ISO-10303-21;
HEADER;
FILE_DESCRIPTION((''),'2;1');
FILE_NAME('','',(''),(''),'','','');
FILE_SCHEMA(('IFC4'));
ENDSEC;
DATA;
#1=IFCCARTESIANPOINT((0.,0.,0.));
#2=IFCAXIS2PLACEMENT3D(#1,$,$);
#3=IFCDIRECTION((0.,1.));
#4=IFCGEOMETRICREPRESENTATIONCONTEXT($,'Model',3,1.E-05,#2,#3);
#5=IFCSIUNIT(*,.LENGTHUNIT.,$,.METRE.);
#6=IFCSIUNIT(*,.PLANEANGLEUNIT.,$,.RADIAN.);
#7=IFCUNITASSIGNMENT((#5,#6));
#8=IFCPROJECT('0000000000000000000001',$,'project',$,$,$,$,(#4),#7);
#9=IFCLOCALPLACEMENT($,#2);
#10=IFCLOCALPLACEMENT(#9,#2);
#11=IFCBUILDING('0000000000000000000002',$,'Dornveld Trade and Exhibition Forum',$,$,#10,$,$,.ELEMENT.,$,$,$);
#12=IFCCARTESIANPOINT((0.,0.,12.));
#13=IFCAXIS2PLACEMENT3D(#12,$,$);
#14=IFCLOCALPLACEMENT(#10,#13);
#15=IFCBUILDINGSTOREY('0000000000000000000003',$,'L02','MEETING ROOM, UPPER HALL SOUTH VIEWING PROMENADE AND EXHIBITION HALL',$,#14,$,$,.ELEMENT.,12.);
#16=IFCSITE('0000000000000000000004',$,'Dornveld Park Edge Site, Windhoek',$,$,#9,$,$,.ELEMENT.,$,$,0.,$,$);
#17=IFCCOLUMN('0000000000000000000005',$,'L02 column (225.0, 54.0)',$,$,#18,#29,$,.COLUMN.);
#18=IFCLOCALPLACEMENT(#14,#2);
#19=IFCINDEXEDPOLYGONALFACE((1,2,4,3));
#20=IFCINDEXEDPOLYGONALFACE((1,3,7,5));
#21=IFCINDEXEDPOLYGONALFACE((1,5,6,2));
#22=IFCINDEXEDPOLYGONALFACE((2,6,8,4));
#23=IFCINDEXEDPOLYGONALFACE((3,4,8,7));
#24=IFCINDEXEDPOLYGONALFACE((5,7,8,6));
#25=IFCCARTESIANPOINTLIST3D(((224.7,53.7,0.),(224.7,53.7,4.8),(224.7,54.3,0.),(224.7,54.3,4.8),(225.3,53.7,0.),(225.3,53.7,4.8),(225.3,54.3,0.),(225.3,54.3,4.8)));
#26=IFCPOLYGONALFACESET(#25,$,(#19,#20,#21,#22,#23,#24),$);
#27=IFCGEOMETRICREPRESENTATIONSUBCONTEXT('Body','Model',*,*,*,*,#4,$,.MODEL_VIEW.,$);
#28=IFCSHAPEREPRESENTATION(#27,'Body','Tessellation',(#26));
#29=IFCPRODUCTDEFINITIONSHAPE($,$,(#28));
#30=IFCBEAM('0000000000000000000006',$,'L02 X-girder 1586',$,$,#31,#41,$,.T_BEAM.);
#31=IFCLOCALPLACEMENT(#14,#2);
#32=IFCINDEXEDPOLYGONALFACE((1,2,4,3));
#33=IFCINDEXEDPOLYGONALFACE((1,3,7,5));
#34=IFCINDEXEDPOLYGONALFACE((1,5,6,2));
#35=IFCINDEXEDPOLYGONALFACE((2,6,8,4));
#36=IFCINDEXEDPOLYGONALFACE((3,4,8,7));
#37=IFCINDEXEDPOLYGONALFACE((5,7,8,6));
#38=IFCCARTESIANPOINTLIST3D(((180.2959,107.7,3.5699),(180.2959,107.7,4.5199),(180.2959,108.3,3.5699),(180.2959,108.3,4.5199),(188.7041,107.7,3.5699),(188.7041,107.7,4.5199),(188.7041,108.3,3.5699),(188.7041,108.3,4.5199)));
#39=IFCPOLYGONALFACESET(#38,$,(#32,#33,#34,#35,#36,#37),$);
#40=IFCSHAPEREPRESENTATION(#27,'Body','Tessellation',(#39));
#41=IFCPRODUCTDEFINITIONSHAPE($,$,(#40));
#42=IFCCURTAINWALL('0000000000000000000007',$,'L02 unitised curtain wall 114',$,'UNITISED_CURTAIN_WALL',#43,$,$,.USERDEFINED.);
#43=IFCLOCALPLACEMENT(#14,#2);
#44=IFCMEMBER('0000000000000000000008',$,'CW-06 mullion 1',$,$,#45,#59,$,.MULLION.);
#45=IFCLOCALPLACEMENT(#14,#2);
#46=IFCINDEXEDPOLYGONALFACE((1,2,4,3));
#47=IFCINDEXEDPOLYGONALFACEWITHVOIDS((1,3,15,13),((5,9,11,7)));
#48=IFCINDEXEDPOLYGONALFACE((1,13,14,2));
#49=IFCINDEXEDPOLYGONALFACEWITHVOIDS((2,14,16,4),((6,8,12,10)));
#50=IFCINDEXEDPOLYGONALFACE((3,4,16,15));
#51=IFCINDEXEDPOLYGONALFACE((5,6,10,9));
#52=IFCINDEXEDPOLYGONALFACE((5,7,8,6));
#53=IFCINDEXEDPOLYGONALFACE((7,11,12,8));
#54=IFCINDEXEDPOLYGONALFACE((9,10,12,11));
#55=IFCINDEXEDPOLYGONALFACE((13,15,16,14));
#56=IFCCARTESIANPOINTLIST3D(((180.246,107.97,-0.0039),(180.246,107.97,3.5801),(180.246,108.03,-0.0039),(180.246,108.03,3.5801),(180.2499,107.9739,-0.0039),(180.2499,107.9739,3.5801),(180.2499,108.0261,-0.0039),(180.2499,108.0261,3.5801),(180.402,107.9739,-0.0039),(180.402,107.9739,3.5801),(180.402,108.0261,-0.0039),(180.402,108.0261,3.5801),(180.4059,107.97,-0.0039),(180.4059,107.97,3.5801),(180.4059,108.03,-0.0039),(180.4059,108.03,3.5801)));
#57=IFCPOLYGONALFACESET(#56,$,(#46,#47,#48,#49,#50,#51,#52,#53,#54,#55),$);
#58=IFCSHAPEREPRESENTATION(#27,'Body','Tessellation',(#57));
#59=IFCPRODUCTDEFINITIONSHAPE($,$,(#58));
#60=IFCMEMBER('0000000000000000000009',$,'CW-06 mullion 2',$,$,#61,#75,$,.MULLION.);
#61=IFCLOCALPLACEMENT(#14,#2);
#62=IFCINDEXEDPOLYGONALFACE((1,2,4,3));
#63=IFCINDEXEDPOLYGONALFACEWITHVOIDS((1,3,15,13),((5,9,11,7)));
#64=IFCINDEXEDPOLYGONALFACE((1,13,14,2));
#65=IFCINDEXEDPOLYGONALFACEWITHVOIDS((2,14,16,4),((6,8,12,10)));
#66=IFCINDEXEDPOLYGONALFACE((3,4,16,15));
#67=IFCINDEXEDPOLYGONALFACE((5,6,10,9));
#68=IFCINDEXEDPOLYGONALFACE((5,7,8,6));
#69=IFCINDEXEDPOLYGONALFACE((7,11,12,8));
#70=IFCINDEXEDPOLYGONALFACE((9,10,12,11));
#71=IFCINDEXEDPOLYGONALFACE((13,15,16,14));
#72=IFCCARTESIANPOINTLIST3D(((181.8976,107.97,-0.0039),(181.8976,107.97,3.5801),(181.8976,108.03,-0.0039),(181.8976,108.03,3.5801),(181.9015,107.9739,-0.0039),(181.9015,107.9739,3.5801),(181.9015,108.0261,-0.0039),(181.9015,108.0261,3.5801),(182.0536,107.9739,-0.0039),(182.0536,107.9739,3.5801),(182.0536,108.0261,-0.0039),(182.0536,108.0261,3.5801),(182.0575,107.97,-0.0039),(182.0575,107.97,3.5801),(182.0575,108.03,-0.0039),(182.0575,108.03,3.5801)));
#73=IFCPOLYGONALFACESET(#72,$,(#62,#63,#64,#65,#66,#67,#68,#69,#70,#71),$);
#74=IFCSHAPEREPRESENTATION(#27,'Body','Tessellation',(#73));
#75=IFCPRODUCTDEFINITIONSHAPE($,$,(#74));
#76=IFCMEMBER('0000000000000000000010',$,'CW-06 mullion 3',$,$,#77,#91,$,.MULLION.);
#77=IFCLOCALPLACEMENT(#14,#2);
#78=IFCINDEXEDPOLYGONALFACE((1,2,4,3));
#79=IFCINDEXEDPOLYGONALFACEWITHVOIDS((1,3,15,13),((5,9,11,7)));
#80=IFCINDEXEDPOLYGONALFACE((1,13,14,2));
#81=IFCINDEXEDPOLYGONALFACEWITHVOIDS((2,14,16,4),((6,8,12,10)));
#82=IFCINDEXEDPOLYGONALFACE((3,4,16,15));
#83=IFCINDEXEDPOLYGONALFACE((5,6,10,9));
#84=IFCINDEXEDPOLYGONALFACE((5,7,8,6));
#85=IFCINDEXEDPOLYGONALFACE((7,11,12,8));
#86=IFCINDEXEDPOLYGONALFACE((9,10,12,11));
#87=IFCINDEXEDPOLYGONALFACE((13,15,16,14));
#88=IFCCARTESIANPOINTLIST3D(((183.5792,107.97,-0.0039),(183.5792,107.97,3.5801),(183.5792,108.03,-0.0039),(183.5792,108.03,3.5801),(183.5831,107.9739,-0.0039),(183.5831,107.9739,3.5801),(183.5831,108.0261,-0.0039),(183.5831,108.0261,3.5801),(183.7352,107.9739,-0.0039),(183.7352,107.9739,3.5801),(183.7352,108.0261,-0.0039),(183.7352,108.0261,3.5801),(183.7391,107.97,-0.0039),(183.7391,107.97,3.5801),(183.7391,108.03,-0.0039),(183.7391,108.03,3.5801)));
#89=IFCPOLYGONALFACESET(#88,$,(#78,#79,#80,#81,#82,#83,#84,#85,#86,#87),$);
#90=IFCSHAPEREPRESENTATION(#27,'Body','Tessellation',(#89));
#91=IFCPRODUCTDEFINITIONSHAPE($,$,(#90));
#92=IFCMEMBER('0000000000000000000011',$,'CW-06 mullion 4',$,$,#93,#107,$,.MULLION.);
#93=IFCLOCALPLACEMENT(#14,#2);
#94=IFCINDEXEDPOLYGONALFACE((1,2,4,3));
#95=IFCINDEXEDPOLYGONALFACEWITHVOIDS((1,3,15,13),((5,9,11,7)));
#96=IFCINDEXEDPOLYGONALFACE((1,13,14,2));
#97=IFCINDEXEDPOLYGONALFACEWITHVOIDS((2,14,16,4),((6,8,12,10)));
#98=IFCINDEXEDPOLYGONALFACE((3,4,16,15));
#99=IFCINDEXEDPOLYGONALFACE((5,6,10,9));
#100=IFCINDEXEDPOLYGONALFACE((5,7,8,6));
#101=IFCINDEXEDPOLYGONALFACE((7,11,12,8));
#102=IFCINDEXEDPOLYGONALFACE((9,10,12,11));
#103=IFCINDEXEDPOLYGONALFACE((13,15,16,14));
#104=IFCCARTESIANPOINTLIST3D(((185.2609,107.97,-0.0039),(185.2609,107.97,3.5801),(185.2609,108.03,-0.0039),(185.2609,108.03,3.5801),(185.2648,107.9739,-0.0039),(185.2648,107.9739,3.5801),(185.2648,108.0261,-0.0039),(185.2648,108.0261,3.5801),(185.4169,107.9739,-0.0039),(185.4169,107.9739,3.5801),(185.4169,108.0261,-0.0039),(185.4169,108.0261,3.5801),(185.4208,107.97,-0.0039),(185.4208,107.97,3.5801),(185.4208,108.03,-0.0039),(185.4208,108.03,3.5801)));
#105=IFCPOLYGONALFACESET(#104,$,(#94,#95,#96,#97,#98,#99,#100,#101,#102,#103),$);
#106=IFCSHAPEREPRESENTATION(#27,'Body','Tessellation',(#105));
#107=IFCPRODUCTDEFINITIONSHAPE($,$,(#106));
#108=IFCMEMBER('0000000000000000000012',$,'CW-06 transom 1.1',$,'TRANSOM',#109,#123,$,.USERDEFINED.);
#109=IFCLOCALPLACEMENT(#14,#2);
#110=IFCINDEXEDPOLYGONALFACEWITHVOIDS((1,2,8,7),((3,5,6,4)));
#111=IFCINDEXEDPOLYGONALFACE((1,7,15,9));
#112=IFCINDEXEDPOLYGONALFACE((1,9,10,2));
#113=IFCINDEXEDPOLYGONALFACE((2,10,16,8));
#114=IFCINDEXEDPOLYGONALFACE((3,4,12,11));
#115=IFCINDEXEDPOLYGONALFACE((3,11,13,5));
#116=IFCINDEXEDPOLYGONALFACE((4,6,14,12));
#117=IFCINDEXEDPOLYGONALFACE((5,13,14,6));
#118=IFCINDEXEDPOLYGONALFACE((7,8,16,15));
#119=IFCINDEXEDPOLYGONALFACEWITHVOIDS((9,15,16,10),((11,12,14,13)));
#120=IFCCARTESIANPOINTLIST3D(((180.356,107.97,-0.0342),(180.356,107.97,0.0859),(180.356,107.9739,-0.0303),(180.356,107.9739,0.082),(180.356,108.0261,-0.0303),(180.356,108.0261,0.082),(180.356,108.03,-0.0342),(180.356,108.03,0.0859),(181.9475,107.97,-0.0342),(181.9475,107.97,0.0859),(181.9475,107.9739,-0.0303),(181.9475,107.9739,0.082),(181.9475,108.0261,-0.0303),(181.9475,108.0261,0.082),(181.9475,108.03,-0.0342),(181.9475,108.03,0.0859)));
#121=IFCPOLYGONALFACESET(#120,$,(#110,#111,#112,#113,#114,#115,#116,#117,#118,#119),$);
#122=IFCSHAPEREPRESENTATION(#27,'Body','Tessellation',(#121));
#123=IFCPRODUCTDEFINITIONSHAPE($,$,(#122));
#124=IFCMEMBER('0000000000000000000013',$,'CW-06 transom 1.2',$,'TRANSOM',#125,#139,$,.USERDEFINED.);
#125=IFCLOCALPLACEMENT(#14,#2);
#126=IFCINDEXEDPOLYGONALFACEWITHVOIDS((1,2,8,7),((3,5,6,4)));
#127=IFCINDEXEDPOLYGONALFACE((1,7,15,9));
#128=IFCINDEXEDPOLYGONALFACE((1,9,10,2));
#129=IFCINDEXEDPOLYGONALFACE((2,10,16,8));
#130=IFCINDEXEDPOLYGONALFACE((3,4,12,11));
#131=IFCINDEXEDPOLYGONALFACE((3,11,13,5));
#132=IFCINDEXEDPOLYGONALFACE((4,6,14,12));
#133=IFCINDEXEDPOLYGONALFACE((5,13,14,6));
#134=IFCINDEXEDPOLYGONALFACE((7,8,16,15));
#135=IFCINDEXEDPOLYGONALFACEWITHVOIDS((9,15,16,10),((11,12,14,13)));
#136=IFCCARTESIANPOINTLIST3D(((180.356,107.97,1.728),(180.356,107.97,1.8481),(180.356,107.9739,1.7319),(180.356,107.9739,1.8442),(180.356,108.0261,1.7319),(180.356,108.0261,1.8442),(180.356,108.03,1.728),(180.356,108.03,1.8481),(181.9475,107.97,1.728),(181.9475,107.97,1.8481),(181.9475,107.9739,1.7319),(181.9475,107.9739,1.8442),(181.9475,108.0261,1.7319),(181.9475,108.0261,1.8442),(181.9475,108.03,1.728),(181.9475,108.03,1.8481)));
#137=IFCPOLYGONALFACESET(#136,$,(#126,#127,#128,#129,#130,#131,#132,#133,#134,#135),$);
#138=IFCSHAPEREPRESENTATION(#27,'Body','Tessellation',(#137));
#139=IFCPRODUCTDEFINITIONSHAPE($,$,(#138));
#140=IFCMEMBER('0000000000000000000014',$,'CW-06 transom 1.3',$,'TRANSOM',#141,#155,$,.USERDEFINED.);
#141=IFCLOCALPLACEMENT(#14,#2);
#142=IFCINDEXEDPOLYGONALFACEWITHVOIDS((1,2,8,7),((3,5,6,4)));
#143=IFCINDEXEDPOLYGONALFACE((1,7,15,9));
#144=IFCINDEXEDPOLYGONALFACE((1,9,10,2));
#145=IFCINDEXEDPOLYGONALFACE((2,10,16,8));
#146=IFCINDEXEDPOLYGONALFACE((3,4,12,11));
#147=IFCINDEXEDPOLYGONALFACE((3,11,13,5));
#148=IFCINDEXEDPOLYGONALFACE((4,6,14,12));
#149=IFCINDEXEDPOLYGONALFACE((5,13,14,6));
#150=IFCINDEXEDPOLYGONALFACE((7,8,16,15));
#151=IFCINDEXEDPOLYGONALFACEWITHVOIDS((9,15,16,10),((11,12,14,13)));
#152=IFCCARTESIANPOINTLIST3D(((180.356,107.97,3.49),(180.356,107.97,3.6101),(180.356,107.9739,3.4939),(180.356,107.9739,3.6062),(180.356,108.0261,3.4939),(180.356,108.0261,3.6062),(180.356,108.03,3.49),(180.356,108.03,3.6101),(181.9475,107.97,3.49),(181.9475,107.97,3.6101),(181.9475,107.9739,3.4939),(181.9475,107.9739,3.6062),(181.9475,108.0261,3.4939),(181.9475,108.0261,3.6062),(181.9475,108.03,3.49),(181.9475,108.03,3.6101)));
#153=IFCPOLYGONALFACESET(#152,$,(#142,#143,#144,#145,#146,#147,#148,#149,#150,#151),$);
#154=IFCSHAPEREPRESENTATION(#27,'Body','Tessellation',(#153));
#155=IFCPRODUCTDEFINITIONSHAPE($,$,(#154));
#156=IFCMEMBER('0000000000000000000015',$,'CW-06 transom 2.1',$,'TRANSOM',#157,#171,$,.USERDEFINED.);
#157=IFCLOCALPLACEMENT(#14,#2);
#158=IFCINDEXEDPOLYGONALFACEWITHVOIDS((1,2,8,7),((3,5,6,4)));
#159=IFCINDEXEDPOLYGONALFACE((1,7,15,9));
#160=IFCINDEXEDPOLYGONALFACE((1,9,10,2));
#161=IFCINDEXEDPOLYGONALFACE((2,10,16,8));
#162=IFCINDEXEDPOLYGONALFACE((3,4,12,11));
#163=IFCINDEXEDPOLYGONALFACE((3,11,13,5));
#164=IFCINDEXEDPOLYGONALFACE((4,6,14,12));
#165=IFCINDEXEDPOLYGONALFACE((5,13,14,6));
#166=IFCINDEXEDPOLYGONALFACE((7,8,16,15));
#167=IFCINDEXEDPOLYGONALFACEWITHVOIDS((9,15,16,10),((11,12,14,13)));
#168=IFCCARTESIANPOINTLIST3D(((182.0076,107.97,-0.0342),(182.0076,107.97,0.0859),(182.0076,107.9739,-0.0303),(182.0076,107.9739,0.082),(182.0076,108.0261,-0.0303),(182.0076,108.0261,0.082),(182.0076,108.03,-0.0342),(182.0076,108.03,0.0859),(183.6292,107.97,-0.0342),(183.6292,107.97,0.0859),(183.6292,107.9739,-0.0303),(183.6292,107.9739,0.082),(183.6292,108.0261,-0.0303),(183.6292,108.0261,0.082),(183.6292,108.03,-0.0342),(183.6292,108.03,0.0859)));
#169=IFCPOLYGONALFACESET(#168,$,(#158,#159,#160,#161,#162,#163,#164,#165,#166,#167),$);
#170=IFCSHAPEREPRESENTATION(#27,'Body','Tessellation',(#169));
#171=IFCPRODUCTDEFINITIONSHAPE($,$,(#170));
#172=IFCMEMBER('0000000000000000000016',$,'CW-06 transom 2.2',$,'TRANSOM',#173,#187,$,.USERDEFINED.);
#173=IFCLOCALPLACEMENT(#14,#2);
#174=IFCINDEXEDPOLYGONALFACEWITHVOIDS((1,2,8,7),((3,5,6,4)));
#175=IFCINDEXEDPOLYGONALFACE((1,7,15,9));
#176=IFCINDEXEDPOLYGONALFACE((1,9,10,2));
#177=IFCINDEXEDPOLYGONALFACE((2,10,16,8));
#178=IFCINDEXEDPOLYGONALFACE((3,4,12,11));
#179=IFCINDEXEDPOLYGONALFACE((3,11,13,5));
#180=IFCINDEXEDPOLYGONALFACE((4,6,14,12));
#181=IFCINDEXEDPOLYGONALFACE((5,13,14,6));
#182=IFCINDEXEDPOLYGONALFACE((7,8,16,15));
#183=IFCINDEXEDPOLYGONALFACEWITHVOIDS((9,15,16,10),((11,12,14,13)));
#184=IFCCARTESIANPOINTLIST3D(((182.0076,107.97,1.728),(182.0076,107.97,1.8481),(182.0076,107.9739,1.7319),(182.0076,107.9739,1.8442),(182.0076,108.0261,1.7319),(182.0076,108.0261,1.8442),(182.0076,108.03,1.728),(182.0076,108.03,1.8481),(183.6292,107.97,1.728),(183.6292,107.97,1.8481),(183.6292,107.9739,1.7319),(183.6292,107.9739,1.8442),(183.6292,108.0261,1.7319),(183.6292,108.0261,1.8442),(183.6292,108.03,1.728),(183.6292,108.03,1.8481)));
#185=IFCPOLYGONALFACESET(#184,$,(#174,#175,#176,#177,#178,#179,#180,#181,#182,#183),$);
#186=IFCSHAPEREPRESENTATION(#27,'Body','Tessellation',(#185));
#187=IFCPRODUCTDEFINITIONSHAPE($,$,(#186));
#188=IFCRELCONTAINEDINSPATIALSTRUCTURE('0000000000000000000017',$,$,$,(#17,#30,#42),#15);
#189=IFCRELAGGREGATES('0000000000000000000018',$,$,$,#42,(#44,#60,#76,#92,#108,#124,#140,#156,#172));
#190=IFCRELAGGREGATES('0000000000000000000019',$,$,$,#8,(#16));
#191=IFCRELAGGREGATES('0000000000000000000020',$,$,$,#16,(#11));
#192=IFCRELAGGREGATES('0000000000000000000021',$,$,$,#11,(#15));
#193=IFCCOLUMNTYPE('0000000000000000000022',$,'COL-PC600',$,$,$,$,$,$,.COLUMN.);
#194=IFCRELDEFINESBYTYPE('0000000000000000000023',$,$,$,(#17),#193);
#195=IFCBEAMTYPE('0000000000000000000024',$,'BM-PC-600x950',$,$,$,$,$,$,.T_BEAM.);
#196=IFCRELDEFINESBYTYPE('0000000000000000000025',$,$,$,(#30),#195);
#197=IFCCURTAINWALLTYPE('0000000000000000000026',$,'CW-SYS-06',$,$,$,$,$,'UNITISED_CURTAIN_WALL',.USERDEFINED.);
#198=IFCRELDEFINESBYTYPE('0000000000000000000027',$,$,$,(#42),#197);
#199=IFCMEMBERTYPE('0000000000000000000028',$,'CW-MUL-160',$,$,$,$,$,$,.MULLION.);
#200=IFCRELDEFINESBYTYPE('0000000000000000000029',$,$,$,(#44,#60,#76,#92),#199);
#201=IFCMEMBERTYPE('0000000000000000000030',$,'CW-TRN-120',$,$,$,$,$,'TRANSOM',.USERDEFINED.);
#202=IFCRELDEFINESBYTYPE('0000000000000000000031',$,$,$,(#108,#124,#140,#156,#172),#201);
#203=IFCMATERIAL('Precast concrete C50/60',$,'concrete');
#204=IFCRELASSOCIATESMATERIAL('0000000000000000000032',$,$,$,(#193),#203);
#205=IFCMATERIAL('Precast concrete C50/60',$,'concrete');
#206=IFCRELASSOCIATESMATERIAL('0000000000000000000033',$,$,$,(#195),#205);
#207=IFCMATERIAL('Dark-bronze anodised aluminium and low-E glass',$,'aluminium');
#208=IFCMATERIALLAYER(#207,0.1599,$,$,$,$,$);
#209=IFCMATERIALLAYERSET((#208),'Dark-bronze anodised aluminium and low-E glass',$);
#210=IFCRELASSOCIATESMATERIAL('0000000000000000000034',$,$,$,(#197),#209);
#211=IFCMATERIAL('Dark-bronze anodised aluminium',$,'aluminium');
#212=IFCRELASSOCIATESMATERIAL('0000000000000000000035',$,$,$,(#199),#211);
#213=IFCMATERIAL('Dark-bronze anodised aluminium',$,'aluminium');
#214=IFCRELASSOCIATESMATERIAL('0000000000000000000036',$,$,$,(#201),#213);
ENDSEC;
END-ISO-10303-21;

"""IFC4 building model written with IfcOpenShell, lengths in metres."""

from ifc_helpers import new_model, si_unit, direction, frame, origin, origin_2d, place, context, subcontext, project, spatial, rectangle, hollow_rectangle, extrude, material, layer, layer_set, material_profile, profile_set, type_object, element, aggregate, save


model = new_model("IFC4")

# Units and contexts
model_context = context("Model", 3, precision=1e-05, world=origin(), true_north=direction((0.0, 1.0)))
body_context = subcontext(model_context, "Body", "Model", "MODEL_VIEW")
ifc_project = project(units=[si_unit("LENGTHUNIT", "METRE"), si_unit("PLANEANGLEUNIT", "RADIAN")], contexts=[model_context])

# Site, building, storey
site_placement = place(None, origin())
site = spatial("IfcSite", under=ifc_project, at=site_placement, Name="Dornveld Park Edge Site, Windhoek", CompositionType="ELEMENT", RefElevation=0.0)
building_placement = place(site_placement, origin())
building = spatial("IfcBuilding", under=site, at=building_placement, Name="Dornveld Trade and Exhibition Forum", CompositionType="ELEMENT")
storey_placement = place(building_placement, frame((0.0, 0.0, 12.0)))
storey = spatial("IfcBuildingStorey", under=building, at=storey_placement, Name="L02", Description="MEETING ROOM, UPPER HALL SOUTH VIEWING PROMENADE AND EXHIBITION HALL", CompositionType="ELEMENT", Elevation=12.0)

# Column
ifc_material_1 = material(Name="Precast concrete C50/60", Category="concrete")
ifc_material_profile_1 = material_profile(ifc_material_1, rectangle(XDim=0.6001, YDim=0.6001, at=origin_2d()), Name="PC-COL 600x600")
ifc_profile_set_1 = profile_set([ifc_material_profile_1], Name="Precast concrete C50/60")
column_type = type_object("IfcColumnType", Name="COL-PC600", PredefinedType="COLUMN", material=ifc_profile_set_1)
column_placement = place(storey_placement, frame((225.0, 54.0, 0.0), z_axis=(0.0, 0.0, 1.0), x_axis=(1.0, 0.0, 0.0)))
element("IfcColumn", 1, at=column_placement, inside=storey, type_object=column_type, Name="L02 column (225.0, 54.0)", PredefinedType="COLUMN", context=body_context, shape_type="SweptSolid", body=[
    extrude(rectangle(XDim=0.6001, YDim=0.6001, at=origin_2d()), origin(), (0.0, 0.0, 1.0), 4.8),
])

# Beam
ifc_material_2 = material(Name="Precast concrete C50/60", Category="concrete")
ifc_material_profile_2 = material_profile(ifc_material_2, rectangle(XDim=0.6001, YDim=0.95, at=origin_2d()), Name="PC-GIR 600x950")
ifc_profile_set_2 = profile_set([ifc_material_profile_2], Name="Precast concrete C50/60")
beam_type = type_object("IfcBeamType", Name="BM-PC-600x950", PredefinedType="T_BEAM", material=ifc_profile_set_2)
beam_placement = place(storey_placement, frame((180.2959, 108.0, 4.0449), z_axis=(1.0, 0.0, 0.0), x_axis=(0.0, 1.0, 0.0)))
element("IfcBeam", 2, at=beam_placement, inside=storey, type_object=beam_type, Name="L02 X-girder 1586", PredefinedType="T_BEAM", context=body_context, shape_type="SweptSolid", body=[
    extrude(rectangle(XDim=0.6001, YDim=0.95, at=origin_2d()), origin(), (0.0, 0.0, 1.0), 8.4082),
])

# Curtain wall, members
ifc_material_3 = material(Name="Dark-bronze anodised aluminium and low-E glass", Category="aluminium")
ifc_layer_1 = layer(ifc_material_3, 0.1599)
ifc_layer_set_1 = layer_set([ifc_layer_1], Name="Dark-bronze anodised aluminium and low-E glass")
curtain_wall_type = type_object("IfcCurtainWallType", Name="CW-SYS-06", ElementType="UNITISED_CURTAIN_WALL", PredefinedType="USERDEFINED", material=ifc_layer_set_1)
curtain_wall_placement = place(storey_placement, origin())
curtain_wall = element("IfcCurtainWall", 3, at=curtain_wall_placement, inside=storey, type_object=curtain_wall_type, Name="L02 unitised curtain wall 114", ObjectType="UNITISED_CURTAIN_WALL", PredefinedType="USERDEFINED")
ifc_material_4 = material(Name="Dark-bronze anodised aluminium", Category="aluminium")
ifc_material_profile_3 = material_profile(ifc_material_4, hollow_rectangle(XDim=0.0601, YDim=0.1599, WallThickness=0.0039, at=origin_2d()), Name="RHS 160x60x4")
ifc_profile_set_3 = profile_set([ifc_material_profile_3], Name="Dark-bronze anodised aluminium")
member_type_1 = type_object("IfcMemberType", Name="CW-MUL-160", PredefinedType="MULLION", material=ifc_profile_set_3)
member_1_placement = place(storey_placement, frame((180.3259, 108.0, -0.0039), z_axis=(0.0, 0.0, 1.0), x_axis=(0.0, 1.0, 0.0)))
member_1 = element("IfcMember", 4, at=member_1_placement, type_object=member_type_1, Name="CW-06 mullion 1", PredefinedType="MULLION", context=body_context, shape_type="SweptSolid", body=[
    extrude(hollow_rectangle(XDim=0.0601, YDim=0.1599, WallThickness=0.0039, at=origin_2d()), origin(), (0.0, 0.0, 1.0), 3.584),
])
member_2_placement = place(storey_placement, frame((181.9775, 108.0, -0.0039), z_axis=(0.0, 0.0, 1.0), x_axis=(0.0, 1.0, 0.0)))
member_2 = element("IfcMember", 5, at=member_2_placement, type_object=member_type_1, Name="CW-06 mullion 2", PredefinedType="MULLION", context=body_context, shape_type="SweptSolid", body=[
    extrude(hollow_rectangle(XDim=0.0601, YDim=0.1599, WallThickness=0.0039, at=origin_2d()), origin(), (0.0, 0.0, 1.0), 3.584),
])
member_3_placement = place(storey_placement, frame((183.6592, 108.0, -0.0039), z_axis=(0.0, 0.0, 1.0), x_axis=(0.0, 1.0, 0.0)))
member_3 = element("IfcMember", 6, at=member_3_placement, type_object=member_type_1, Name="CW-06 mullion 3", PredefinedType="MULLION", context=body_context, shape_type="SweptSolid", body=[
    extrude(hollow_rectangle(XDim=0.0601, YDim=0.1599, WallThickness=0.0039, at=origin_2d()), origin(), (0.0, 0.0, 1.0), 3.584),
])
member_4_placement = place(storey_placement, frame((185.3408, 108.0, -0.0039), z_axis=(0.0, 0.0, 1.0), x_axis=(0.0, 1.0, 0.0)))
member_4 = element("IfcMember", 7, at=member_4_placement, type_object=member_type_1, Name="CW-06 mullion 4", PredefinedType="MULLION", context=body_context, shape_type="SweptSolid", body=[
    extrude(hollow_rectangle(XDim=0.0601, YDim=0.1599, WallThickness=0.0039, at=origin_2d()), origin(), (0.0, 0.0, 1.0), 3.584),
])
ifc_material_5 = material(Name="Dark-bronze anodised aluminium", Category="aluminium")
ifc_material_profile_4 = material_profile(ifc_material_5, hollow_rectangle(XDim=0.0601, YDim=0.1201, WallThickness=0.0039, at=origin_2d()), Name="RHS 120x60x4")
ifc_profile_set_4 = profile_set([ifc_material_profile_4], Name="Dark-bronze anodised aluminium")
member_type_2 = type_object("IfcMemberType", Name="CW-TRN-120", ElementType="TRANSOM", PredefinedType="USERDEFINED", material=ifc_profile_set_4)
member_5_placement = place(storey_placement, frame((180.356, 108.0, 0.0259), z_axis=(1.0, 0.0, 0.0), x_axis=(0.0, 1.0, 0.0)))
member_5 = element("IfcMember", 8, at=member_5_placement, type_object=member_type_2, Name="CW-06 transom 1.1", ObjectType="TRANSOM", PredefinedType="USERDEFINED", context=body_context, shape_type="SweptSolid", body=[
    extrude(hollow_rectangle(XDim=0.0601, YDim=0.1201, WallThickness=0.0039, at=origin_2d()), origin(), (0.0, 0.0, 1.0), 1.5916),
])
member_6_placement = place(storey_placement, frame((180.356, 108.0, 1.7881), z_axis=(1.0, 0.0, 0.0), x_axis=(0.0, 1.0, 0.0)))
member_6 = element("IfcMember", 9, at=member_6_placement, type_object=member_type_2, Name="CW-06 transom 1.2", ObjectType="TRANSOM", PredefinedType="USERDEFINED", context=body_context, shape_type="SweptSolid", body=[
    extrude(hollow_rectangle(XDim=0.0601, YDim=0.1201, WallThickness=0.0039, at=origin_2d()), origin(), (0.0, 0.0, 1.0), 1.5916),
])
member_7_placement = place(storey_placement, frame((180.356, 108.0, 3.55), z_axis=(1.0, 0.0, 0.0), x_axis=(0.0, 1.0, 0.0)))
member_7 = element("IfcMember", 10, at=member_7_placement, type_object=member_type_2, Name="CW-06 transom 1.3", ObjectType="TRANSOM", PredefinedType="USERDEFINED", context=body_context, shape_type="SweptSolid", body=[
    extrude(hollow_rectangle(XDim=0.0601, YDim=0.1201, WallThickness=0.0039, at=origin_2d()), origin(), (0.0, 0.0, 1.0), 1.5916),
])
member_8_placement = place(storey_placement, frame((182.0076, 108.0, 0.0259), z_axis=(1.0, 0.0, 0.0), x_axis=(0.0, 1.0, 0.0)))
member_8 = element("IfcMember", 11, at=member_8_placement, type_object=member_type_2, Name="CW-06 transom 2.1", ObjectType="TRANSOM", PredefinedType="USERDEFINED", context=body_context, shape_type="SweptSolid", body=[
    extrude(hollow_rectangle(XDim=0.0601, YDim=0.1201, WallThickness=0.0039, at=origin_2d()), origin(), (0.0, 0.0, 1.0), 1.6216),
])
member_9_placement = place(storey_placement, frame((182.0076, 108.0, 1.7881), z_axis=(1.0, 0.0, 0.0), x_axis=(0.0, 1.0, 0.0)))
member_9 = element("IfcMember", 12, at=member_9_placement, type_object=member_type_2, Name="CW-06 transom 2.2", ObjectType="TRANSOM", PredefinedType="USERDEFINED", context=body_context, shape_type="SweptSolid", body=[
    extrude(hollow_rectangle(XDim=0.0601, YDim=0.1201, WallThickness=0.0039, at=origin_2d()), origin(), (0.0, 0.0, 1.0), 1.6216),
])
aggregate(curtain_wall, [member_1, member_2, member_3, member_4, member_5, member_6, member_7, member_8, member_9])

save(model, "model.ifc")
